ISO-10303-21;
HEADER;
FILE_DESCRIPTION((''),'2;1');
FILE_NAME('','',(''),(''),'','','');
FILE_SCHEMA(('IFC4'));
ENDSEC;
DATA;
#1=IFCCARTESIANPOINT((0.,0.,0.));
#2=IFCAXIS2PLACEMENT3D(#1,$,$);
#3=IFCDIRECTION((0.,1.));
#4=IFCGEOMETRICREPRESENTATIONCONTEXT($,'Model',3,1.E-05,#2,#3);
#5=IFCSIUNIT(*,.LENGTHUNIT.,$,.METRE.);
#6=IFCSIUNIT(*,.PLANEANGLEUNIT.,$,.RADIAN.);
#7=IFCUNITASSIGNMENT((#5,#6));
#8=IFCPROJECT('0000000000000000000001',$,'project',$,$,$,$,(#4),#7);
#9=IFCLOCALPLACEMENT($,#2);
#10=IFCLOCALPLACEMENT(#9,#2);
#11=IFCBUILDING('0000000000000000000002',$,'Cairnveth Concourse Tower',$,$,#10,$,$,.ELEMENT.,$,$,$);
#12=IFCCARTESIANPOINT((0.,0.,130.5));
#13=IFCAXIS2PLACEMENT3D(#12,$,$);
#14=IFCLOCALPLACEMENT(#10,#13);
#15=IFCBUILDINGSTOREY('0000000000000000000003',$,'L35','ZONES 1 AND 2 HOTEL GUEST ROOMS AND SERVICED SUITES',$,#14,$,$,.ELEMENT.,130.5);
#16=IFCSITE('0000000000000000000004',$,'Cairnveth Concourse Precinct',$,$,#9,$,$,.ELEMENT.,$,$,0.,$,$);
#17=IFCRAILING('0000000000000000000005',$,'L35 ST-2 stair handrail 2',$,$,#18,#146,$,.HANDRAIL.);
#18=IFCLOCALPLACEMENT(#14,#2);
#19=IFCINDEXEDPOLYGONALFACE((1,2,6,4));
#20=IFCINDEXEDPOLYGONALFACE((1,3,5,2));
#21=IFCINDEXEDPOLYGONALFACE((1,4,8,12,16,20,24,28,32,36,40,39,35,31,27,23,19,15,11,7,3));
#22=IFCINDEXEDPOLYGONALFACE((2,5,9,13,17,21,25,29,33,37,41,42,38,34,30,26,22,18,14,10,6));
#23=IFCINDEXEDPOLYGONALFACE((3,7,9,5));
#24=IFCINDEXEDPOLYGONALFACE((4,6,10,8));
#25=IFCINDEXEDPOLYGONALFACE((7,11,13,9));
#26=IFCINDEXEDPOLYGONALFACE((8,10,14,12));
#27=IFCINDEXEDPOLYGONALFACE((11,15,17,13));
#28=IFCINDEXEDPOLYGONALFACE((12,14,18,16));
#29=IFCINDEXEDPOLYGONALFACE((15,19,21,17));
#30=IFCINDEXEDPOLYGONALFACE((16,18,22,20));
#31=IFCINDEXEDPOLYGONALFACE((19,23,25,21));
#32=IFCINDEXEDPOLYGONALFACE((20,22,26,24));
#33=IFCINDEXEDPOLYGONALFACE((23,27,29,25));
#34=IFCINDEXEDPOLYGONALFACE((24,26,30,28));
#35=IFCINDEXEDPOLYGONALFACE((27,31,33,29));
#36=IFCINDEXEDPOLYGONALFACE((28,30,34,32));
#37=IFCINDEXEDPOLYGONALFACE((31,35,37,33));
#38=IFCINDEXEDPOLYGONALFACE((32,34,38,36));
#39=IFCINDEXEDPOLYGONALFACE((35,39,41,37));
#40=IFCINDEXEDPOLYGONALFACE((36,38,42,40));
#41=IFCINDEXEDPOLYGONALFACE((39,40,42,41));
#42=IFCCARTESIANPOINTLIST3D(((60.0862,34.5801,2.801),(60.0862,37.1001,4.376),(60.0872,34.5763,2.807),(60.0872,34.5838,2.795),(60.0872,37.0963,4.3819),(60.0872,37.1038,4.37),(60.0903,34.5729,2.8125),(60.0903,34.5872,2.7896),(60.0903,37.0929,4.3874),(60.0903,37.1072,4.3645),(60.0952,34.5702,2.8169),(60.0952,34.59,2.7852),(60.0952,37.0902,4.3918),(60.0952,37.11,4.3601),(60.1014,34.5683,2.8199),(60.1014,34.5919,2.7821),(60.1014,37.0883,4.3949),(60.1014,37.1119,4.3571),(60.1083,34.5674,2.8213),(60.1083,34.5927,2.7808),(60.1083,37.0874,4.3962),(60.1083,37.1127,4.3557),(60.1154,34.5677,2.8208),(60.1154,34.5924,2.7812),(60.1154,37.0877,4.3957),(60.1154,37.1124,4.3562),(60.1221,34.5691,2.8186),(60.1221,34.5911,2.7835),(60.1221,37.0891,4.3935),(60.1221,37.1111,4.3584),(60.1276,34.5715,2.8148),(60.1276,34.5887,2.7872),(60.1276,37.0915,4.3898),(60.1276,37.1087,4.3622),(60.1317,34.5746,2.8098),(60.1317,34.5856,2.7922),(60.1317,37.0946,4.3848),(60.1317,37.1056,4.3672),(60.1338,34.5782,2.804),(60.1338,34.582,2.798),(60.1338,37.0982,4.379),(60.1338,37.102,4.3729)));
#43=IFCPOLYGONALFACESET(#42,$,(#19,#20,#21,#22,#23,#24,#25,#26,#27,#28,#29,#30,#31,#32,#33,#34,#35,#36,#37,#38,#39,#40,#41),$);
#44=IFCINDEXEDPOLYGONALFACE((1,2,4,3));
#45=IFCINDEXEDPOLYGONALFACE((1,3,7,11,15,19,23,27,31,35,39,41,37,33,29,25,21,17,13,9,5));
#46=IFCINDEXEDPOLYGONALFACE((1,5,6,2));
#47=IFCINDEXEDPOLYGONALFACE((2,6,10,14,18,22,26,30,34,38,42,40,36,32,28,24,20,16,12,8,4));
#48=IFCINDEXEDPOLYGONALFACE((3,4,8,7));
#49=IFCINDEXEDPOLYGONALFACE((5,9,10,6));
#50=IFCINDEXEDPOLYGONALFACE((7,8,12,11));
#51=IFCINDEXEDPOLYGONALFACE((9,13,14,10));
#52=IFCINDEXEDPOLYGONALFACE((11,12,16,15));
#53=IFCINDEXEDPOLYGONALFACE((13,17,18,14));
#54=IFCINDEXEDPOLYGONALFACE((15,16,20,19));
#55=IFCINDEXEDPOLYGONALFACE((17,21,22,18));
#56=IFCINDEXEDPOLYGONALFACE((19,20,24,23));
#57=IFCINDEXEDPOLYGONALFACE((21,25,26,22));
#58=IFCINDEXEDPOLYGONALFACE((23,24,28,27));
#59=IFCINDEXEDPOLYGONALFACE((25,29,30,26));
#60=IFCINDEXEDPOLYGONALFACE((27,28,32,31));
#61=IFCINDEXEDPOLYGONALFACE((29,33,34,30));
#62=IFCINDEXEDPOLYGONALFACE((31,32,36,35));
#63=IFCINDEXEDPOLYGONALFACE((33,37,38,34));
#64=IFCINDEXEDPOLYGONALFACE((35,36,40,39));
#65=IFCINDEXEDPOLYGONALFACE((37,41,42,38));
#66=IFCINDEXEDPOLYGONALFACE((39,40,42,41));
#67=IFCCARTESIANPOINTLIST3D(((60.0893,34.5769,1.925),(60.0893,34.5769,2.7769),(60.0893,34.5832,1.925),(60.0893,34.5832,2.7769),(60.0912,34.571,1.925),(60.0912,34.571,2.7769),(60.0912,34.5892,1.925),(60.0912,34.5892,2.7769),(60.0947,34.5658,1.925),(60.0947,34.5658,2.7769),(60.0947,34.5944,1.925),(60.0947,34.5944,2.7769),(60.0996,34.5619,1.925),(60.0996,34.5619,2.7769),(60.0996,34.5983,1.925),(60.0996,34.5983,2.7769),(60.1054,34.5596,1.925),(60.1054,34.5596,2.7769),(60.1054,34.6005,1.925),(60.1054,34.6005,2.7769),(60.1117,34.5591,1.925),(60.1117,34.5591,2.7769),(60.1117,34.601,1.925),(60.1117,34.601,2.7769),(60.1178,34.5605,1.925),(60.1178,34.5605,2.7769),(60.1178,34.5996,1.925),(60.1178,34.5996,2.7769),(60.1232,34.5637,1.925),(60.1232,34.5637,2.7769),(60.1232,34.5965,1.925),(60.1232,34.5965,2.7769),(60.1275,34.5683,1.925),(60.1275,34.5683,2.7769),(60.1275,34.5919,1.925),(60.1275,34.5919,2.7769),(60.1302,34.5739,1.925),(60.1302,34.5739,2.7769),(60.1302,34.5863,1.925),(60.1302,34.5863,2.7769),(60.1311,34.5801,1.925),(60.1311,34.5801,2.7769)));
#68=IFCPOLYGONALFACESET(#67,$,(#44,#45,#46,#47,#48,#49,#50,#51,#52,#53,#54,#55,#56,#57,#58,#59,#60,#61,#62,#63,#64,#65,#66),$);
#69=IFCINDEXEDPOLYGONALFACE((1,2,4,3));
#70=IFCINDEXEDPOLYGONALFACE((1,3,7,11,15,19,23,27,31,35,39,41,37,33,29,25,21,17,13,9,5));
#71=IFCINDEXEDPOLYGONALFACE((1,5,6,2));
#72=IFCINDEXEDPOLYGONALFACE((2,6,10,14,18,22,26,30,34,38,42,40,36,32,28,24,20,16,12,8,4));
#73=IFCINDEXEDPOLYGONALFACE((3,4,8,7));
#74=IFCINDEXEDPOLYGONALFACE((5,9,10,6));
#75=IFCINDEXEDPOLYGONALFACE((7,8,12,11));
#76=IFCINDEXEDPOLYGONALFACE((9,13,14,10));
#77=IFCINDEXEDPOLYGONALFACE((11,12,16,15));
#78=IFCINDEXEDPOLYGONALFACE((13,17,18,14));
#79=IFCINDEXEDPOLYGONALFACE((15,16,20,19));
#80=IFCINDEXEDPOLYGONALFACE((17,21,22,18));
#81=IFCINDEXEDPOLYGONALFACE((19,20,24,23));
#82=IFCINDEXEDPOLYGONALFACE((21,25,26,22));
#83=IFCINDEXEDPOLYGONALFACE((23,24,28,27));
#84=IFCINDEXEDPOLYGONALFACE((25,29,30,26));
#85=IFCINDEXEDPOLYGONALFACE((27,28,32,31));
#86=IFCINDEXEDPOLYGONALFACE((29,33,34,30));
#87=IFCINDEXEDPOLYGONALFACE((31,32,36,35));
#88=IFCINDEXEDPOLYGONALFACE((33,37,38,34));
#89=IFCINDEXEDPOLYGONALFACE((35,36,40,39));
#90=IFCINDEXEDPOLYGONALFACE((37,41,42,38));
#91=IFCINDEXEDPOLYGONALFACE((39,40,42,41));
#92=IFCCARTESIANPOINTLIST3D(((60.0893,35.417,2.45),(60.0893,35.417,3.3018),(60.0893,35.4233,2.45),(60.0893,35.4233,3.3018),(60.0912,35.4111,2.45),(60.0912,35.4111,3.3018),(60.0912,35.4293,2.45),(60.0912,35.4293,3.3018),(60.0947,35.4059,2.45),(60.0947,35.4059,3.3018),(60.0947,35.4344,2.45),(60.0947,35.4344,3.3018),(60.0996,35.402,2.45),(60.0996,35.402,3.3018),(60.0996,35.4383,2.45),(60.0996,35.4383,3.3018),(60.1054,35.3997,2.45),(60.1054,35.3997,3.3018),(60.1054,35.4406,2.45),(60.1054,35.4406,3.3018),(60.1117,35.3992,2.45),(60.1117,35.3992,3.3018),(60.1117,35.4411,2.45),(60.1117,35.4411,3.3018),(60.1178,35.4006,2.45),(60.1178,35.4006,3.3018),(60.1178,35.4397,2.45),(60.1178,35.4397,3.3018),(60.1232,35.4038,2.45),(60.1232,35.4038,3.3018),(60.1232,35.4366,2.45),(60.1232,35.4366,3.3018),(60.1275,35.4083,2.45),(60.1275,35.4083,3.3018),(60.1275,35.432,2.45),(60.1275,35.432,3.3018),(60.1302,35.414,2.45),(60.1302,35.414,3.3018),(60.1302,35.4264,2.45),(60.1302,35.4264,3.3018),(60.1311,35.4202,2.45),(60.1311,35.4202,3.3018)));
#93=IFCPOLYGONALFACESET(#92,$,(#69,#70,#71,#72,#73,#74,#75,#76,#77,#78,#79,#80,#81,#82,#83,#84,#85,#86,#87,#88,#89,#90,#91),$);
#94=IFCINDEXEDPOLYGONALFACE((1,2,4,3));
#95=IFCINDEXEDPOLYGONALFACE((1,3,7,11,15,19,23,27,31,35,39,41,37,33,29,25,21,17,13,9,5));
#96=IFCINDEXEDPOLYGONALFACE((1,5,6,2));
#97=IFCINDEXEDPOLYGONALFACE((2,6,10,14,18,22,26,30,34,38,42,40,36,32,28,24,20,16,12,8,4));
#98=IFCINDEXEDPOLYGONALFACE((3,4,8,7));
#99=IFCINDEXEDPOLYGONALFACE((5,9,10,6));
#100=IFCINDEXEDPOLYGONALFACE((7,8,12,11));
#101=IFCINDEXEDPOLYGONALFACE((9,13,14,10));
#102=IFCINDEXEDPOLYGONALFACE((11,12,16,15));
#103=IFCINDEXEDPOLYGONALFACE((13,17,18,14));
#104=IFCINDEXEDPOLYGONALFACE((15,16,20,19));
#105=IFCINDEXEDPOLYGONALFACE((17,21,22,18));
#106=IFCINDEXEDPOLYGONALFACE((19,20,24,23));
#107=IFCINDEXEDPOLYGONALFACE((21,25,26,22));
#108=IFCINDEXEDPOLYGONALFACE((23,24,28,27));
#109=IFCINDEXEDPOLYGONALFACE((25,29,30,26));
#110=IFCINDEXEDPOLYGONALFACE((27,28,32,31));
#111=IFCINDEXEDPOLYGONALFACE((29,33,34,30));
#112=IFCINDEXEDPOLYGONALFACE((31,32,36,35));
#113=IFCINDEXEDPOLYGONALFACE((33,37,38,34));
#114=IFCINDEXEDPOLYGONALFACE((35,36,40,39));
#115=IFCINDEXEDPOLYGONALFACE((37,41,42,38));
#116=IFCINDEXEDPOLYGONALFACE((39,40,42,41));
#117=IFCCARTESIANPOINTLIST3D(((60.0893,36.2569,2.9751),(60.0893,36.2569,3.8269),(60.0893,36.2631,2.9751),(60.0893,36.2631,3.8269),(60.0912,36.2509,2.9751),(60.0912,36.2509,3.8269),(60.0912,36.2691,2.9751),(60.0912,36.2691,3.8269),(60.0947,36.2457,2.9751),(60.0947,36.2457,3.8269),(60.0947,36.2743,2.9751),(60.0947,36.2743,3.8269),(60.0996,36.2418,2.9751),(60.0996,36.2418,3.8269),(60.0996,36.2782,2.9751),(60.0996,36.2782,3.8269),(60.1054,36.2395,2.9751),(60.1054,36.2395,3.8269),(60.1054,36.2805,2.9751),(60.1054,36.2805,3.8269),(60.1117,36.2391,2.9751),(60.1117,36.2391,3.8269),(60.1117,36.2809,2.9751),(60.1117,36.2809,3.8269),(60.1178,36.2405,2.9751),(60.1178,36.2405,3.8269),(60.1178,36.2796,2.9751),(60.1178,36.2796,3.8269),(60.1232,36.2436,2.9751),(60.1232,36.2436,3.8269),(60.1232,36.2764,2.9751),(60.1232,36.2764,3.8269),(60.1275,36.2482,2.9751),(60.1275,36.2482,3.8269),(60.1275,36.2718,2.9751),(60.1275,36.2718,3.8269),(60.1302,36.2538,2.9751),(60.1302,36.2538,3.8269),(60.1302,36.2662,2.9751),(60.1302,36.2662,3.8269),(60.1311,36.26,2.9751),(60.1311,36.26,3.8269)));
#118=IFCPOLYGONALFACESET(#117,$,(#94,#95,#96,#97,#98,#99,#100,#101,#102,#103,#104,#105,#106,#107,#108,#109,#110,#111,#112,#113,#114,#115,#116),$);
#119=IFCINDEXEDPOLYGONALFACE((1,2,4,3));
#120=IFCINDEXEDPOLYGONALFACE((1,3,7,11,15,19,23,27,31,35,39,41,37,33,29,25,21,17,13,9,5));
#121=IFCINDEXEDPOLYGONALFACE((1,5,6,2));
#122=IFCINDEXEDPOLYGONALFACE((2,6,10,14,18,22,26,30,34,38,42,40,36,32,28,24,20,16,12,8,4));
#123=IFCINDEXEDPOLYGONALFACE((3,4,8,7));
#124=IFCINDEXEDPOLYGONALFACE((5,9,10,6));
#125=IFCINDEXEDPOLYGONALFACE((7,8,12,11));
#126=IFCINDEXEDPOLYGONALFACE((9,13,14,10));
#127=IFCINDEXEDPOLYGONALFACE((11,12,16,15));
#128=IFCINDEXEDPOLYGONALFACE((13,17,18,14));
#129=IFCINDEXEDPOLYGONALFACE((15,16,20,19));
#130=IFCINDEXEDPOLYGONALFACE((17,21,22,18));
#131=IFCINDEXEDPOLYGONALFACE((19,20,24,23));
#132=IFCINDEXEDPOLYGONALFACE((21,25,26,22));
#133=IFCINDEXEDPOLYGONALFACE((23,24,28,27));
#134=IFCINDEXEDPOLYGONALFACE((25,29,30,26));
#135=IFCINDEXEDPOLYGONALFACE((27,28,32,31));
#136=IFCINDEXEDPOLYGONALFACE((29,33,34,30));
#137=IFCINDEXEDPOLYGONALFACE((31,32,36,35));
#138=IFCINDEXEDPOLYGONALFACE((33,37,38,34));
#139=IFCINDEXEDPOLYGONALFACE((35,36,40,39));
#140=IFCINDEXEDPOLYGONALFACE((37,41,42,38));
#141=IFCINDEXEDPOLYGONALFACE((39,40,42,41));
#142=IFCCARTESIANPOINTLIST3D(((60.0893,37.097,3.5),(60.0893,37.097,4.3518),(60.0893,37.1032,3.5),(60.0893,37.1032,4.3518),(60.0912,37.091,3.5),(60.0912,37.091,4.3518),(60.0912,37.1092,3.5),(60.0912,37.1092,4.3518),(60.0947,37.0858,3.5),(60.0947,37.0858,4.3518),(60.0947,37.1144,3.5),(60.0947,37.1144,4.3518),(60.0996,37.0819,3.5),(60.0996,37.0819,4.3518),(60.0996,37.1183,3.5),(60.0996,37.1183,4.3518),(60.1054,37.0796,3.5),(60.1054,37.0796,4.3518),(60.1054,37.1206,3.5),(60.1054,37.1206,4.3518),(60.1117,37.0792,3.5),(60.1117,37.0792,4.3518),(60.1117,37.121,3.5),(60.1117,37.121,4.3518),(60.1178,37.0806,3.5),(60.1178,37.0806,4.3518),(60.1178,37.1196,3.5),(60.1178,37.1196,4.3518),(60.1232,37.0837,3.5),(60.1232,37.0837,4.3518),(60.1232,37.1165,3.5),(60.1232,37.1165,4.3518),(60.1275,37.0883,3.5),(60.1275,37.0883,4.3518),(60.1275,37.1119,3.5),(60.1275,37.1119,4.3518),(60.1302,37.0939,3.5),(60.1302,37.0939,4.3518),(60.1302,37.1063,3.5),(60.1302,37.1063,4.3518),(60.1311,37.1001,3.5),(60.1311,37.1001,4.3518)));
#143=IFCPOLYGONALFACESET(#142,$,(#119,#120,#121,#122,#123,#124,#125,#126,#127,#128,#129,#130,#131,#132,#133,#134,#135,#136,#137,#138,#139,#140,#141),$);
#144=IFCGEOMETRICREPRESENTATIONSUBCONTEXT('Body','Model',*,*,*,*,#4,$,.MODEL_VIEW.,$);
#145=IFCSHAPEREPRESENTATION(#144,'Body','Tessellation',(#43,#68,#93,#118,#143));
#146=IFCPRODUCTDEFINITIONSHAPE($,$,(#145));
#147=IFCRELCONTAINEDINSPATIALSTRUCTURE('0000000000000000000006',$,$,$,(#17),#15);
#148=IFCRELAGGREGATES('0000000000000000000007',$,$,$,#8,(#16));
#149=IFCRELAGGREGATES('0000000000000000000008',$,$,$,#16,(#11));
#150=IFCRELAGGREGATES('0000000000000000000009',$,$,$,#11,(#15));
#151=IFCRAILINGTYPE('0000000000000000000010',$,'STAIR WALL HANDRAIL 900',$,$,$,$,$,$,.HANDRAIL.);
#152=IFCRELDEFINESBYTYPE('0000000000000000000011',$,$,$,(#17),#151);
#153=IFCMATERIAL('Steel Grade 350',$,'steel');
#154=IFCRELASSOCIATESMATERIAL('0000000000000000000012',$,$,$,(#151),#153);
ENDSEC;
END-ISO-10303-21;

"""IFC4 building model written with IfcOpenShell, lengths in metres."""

from ifc_helpers import new_model, si_unit, direction, frame, origin, origin_2d, place, context, subcontext, project, spatial, circle, extrude, material, type_object, element, save


model = new_model("IFC4")

# Units and contexts
model_context = context("Model", 3, precision=1e-05, world=origin(), true_north=direction((0.0, 1.0)))
body_context = subcontext(model_context, "Body", "Model", "MODEL_VIEW")
ifc_project = project(units=[si_unit("LENGTHUNIT", "METRE"), si_unit("PLANEANGLEUNIT", "RADIAN")], contexts=[model_context])

# Site, building, storey
site_placement = place(None, origin())
site = spatial("IfcSite", under=ifc_project, at=site_placement, Name="Cairnveth Concourse Precinct", CompositionType="ELEMENT", RefElevation=0.0)
building_placement = place(site_placement, origin())
building = spatial("IfcBuilding", under=site, at=building_placement, Name="Cairnveth Concourse Tower", CompositionType="ELEMENT")
storey_placement = place(building_placement, frame((0.0, 0.0, 130.5)))
storey = spatial("IfcBuildingStorey", under=building, at=storey_placement, Name="L35", Description="ZONES 1 AND 2 HOTEL GUEST ROOMS AND SERVICED SUITES", CompositionType="ELEMENT", Elevation=130.5)

# Shared definitions
ifc_material_1 = material(Name="Steel Grade 350", Category="steel")

# Railing
railing_type_1 = type_object("IfcRailingType", Name="STAIR WALL HANDRAIL 900", PredefinedType="HANDRAIL", material=ifc_material_1)
railing_1_placement = place(storey_placement, frame((60.1101, 34.5801, 1.925)))
element("IfcRailing", 1, at=railing_1_placement, inside=storey, type_object=railing_type_1, Name="L35 ST-2 stair handrail 2", PredefinedType="HANDRAIL", context=body_context, shape_type="SweptSolid", body=[
    extrude(circle(Radius=0.0239, at=origin_2d()), frame((0.0, 0.0, 0.876), z_axis=(0.0, 0.848008, 0.529984), x_axis=(-1.0, 0.0, 0.0)), (0.0, 0.0, 1.0), 2.9717),
    extrude(circle(Radius=0.021, at=origin_2d()), origin(), (0.0, 0.0, 1.0), 0.8518),
    extrude(circle(Radius=0.021, at=origin_2d()), frame((0.0, 0.8401, 0.5249)), (0.0, 0.0, 1.0), 0.8518),
    extrude(circle(Radius=0.021, at=origin_2d()), frame((0.0, 1.6799, 1.05)), (0.0, 0.0, 1.0), 0.8518),
    extrude(circle(Radius=0.021, at=origin_2d()), frame((0.0, 2.52, 1.575)), (0.0, 0.0, 1.0), 0.8518),
])

save(model, "model.ifc")
